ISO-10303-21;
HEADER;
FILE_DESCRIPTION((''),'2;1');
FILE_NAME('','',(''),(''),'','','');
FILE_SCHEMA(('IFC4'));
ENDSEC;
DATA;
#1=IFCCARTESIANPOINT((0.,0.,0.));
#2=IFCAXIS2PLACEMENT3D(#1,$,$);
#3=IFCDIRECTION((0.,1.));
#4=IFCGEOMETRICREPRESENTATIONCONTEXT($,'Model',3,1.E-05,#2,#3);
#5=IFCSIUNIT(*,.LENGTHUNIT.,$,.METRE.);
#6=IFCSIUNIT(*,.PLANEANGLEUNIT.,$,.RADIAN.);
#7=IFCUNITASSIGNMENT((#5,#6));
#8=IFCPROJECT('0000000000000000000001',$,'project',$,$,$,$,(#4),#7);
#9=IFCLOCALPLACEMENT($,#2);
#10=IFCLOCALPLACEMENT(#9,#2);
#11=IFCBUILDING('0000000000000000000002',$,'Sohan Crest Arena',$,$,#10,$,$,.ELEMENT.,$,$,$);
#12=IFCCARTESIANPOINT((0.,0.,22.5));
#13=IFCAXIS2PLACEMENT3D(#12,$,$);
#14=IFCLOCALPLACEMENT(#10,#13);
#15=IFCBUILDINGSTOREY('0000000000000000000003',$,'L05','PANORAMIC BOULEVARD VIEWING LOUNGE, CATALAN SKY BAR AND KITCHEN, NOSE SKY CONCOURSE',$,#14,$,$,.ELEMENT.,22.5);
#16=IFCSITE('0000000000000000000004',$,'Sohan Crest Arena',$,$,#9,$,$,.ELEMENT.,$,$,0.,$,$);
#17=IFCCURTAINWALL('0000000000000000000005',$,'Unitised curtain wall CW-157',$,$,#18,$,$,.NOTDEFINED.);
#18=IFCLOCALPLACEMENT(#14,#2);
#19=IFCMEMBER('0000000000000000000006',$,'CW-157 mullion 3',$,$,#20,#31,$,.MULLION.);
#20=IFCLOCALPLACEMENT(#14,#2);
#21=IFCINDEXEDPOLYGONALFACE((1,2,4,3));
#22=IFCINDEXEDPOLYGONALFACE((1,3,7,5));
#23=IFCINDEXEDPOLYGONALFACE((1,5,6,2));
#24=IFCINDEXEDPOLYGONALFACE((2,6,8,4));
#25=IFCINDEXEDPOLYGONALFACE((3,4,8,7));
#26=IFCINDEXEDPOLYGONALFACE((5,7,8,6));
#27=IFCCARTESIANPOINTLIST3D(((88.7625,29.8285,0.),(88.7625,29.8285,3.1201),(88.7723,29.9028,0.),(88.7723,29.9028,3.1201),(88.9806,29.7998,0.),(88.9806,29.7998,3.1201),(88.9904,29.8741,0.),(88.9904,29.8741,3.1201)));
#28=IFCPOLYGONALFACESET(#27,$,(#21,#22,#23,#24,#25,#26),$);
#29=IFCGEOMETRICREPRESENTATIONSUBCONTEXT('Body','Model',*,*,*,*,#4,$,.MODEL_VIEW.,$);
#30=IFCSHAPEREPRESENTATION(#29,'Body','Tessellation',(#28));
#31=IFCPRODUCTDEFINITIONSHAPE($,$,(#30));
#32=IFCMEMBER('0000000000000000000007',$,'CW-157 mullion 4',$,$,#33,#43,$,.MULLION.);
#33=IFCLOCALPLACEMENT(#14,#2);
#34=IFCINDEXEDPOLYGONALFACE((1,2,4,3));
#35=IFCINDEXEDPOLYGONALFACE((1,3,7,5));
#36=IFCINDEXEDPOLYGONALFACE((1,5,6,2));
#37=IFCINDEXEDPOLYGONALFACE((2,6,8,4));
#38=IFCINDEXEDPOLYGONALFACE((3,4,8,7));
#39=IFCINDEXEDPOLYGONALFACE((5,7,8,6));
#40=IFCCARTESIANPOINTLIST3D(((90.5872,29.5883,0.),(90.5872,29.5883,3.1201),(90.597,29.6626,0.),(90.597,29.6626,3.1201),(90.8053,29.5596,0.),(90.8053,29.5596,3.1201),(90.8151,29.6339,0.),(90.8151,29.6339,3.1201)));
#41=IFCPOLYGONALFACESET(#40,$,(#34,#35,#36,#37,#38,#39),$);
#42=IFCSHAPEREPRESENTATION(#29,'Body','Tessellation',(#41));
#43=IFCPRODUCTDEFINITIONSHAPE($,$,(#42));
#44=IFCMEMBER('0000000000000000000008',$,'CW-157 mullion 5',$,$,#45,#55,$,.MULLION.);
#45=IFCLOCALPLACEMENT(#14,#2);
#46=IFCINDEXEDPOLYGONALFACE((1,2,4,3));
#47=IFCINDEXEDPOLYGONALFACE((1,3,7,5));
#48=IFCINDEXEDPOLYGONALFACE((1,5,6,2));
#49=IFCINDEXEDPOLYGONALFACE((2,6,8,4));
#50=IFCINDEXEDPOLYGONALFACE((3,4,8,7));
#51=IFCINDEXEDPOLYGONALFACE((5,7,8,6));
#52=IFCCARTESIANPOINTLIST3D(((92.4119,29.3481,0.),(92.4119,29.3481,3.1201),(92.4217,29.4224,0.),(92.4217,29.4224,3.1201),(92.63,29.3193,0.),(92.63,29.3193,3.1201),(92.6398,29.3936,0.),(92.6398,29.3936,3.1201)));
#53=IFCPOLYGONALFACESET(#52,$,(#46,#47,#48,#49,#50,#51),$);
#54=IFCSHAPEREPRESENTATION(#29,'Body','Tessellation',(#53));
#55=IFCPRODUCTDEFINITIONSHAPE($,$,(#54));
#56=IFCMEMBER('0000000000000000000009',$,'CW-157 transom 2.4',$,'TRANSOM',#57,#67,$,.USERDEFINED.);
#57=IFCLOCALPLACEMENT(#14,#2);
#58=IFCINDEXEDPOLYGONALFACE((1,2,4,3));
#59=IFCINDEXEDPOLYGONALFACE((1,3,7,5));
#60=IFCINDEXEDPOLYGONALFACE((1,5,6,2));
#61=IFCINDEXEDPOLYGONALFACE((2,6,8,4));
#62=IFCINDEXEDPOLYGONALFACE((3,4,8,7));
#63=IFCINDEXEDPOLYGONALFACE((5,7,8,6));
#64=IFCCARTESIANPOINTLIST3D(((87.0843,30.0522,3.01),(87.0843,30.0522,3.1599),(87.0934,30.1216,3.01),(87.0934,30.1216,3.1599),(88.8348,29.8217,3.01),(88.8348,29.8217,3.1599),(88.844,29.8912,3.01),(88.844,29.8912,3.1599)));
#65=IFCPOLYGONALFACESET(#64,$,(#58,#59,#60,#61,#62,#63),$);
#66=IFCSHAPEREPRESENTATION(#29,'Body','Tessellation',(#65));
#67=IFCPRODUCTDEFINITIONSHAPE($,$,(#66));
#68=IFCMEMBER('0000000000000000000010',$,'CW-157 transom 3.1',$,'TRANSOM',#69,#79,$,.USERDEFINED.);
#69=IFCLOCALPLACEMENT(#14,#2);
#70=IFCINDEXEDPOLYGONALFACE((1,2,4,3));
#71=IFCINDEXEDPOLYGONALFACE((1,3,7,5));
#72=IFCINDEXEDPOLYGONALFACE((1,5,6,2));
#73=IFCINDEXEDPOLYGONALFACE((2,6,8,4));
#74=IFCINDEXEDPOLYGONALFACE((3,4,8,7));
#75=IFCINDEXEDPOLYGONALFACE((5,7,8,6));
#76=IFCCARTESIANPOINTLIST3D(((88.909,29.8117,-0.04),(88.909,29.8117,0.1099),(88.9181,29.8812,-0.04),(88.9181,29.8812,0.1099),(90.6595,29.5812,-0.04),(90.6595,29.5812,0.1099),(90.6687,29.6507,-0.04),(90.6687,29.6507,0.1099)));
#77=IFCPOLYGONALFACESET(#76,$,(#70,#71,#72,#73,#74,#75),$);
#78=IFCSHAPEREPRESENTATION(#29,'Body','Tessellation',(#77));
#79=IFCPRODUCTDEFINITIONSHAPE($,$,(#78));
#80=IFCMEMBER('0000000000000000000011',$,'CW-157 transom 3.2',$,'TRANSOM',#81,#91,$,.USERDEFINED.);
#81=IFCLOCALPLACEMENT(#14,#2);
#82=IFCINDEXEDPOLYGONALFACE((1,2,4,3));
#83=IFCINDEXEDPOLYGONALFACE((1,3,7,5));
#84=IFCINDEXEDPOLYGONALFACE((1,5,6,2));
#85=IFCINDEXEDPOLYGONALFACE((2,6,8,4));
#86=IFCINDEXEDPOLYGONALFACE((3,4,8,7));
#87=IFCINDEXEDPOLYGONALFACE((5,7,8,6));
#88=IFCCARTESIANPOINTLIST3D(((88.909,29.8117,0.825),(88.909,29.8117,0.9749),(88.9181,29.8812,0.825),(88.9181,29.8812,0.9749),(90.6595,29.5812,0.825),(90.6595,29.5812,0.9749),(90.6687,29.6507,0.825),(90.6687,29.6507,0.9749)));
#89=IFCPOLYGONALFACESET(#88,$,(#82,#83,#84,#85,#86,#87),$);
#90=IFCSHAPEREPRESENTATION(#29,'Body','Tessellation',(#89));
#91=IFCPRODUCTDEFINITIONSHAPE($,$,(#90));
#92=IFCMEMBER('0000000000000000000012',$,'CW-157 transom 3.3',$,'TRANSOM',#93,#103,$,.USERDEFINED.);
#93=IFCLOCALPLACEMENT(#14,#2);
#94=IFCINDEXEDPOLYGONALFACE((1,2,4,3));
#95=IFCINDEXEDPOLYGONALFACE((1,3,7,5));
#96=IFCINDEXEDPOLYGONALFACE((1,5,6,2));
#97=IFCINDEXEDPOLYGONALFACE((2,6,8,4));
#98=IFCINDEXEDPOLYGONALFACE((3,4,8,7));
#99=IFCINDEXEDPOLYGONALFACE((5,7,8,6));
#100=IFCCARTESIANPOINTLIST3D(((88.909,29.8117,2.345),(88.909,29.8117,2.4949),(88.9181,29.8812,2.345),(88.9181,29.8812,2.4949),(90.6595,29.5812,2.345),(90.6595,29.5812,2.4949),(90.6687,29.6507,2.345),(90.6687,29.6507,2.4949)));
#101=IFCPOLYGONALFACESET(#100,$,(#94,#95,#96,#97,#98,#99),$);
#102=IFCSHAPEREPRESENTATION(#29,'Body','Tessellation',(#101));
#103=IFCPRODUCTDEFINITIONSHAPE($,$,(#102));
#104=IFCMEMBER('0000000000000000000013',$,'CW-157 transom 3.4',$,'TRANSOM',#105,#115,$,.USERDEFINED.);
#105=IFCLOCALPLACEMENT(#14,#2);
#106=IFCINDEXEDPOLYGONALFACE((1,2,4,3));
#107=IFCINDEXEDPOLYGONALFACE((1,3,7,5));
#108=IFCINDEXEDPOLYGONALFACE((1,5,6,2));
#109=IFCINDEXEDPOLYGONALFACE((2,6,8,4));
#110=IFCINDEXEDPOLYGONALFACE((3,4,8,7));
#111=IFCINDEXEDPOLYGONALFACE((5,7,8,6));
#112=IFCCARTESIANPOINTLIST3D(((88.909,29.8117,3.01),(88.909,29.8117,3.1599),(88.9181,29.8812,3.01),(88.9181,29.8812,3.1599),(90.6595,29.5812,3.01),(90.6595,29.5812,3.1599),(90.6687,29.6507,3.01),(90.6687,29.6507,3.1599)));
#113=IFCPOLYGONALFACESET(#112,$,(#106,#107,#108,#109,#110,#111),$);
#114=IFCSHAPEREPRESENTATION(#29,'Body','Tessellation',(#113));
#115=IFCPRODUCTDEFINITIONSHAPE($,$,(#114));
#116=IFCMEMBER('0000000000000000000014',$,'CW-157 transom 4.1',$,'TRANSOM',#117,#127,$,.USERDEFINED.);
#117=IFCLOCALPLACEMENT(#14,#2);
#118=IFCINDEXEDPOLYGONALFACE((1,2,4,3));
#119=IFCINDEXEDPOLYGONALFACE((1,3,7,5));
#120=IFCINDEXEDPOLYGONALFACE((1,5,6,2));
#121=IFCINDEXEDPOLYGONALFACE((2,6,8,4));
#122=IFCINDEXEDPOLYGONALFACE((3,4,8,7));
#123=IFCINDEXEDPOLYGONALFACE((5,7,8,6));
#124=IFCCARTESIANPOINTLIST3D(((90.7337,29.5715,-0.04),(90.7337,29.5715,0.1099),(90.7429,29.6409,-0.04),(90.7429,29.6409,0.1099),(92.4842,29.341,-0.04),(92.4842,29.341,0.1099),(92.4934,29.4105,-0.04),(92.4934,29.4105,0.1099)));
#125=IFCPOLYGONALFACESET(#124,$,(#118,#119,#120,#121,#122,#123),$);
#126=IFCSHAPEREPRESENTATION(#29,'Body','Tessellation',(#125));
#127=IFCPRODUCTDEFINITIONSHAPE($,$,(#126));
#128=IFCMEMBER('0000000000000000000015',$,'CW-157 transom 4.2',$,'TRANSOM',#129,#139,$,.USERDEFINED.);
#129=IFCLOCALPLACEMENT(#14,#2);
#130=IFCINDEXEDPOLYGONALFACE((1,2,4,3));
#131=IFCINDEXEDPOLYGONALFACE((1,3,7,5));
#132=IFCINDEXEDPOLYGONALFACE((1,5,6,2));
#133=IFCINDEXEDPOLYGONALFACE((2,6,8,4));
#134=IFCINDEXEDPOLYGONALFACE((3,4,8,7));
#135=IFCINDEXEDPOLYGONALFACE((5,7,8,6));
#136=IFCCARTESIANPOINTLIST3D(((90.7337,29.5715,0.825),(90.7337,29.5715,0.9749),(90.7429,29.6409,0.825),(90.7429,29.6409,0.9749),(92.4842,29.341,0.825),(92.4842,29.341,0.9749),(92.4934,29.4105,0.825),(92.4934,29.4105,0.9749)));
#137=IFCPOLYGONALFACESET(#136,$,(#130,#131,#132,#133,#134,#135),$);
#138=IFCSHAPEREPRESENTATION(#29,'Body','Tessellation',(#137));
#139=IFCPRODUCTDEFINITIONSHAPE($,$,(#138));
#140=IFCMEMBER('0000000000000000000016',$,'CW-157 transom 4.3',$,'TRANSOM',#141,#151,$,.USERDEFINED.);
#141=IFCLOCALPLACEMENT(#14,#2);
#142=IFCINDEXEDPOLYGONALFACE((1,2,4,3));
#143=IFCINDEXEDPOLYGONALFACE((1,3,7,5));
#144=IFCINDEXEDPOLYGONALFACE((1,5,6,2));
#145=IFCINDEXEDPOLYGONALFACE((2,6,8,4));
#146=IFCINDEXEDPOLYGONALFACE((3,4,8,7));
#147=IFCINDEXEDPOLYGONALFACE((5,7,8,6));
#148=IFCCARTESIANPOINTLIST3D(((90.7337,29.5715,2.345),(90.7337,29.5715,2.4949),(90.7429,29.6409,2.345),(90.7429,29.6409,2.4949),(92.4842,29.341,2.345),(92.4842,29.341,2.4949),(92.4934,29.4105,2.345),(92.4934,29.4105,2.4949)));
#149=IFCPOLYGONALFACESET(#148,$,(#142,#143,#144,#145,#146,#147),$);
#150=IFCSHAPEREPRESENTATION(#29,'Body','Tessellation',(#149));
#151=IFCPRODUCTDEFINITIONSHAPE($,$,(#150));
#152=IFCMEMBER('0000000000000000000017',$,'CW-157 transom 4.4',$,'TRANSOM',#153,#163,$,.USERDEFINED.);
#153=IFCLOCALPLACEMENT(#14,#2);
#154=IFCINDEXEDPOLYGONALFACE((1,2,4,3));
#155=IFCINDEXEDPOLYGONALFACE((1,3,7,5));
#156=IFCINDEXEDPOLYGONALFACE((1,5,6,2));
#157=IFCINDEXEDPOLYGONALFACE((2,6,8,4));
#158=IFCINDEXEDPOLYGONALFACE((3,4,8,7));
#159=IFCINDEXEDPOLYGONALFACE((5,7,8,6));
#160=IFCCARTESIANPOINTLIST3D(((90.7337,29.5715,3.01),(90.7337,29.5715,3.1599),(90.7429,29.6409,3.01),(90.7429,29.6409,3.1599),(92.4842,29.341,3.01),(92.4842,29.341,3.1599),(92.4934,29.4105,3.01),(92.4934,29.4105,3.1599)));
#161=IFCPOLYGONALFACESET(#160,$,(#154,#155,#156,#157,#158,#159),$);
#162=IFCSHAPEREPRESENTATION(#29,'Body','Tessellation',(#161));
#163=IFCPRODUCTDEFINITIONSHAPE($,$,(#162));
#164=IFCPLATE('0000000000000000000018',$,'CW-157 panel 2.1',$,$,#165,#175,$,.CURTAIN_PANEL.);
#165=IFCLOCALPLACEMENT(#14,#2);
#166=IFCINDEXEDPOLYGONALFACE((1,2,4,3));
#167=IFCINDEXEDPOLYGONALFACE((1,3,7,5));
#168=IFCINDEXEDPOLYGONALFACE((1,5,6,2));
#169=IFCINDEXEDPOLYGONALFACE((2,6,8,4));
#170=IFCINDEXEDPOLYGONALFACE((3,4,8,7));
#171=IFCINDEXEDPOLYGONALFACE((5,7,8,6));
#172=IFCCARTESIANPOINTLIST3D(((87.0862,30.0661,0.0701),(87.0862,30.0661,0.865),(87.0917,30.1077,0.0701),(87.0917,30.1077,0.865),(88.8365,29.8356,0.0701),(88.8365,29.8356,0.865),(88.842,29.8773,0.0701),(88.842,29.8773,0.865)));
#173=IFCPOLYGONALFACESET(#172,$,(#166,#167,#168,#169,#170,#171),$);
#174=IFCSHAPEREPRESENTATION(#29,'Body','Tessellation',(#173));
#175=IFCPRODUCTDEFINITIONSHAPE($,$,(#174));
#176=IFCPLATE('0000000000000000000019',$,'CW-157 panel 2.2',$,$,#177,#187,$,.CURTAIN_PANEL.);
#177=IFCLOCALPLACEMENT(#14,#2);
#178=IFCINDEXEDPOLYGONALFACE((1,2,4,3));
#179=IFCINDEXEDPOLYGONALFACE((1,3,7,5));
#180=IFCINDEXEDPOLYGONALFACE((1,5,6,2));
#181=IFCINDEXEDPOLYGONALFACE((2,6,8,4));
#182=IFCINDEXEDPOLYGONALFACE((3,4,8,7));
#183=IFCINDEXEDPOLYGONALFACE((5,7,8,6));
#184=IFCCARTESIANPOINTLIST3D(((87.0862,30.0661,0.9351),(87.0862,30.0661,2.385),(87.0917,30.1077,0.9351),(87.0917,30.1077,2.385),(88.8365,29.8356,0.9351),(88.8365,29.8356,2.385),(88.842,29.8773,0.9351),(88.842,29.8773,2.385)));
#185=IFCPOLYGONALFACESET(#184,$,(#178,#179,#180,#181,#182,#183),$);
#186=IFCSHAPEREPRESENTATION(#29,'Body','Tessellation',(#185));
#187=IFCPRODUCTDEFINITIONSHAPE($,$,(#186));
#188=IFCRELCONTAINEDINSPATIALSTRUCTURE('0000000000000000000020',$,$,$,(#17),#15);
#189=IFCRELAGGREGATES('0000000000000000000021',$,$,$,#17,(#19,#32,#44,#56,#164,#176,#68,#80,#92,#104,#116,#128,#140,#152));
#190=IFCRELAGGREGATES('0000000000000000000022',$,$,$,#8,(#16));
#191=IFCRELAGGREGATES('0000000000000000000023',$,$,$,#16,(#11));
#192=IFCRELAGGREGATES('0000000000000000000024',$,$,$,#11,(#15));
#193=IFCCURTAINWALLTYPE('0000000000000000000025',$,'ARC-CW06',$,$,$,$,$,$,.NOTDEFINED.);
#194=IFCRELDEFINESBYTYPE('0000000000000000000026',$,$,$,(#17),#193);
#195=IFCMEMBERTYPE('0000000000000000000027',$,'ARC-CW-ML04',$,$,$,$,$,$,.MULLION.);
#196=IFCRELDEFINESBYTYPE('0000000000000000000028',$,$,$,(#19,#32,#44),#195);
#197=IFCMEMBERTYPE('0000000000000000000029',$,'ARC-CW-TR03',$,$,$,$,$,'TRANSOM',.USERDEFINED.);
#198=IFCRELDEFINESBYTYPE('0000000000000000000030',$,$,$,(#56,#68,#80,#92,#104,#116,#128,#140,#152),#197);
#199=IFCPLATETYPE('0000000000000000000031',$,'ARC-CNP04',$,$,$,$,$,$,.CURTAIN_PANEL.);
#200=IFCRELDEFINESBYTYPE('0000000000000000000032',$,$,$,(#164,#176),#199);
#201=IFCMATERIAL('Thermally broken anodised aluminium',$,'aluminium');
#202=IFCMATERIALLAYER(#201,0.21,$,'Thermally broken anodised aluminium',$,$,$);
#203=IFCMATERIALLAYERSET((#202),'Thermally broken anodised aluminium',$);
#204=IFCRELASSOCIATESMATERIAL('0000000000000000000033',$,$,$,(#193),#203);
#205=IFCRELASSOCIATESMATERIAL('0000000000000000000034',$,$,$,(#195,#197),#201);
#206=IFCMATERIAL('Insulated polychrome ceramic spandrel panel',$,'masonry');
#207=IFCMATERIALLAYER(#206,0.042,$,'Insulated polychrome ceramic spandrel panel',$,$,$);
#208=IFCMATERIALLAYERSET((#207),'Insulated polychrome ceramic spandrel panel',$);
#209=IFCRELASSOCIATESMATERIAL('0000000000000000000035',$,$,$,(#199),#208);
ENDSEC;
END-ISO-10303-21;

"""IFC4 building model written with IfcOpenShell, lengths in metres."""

from ifc_helpers import new_model, si_unit, direction, frame, origin, origin_2d, place, context, subcontext, project, spatial, rectangle, extrude, material, layer, layer_set, material_profile, profile_set, type_object, element, aggregate, save


model = new_model("IFC4")

# Units and contexts
model_context = context("Model", 3, precision=1e-05, world=origin(), true_north=direction((0.0, 1.0)))
body_context = subcontext(model_context, "Body", "Model", "MODEL_VIEW")
ifc_project = project(units=[si_unit("LENGTHUNIT", "METRE"), si_unit("PLANEANGLEUNIT", "RADIAN")], contexts=[model_context])

# Site, building, storey
site_placement = place(None, origin())
site = spatial("IfcSite", under=ifc_project, at=site_placement, Name="Sohan Crest Arena", CompositionType="ELEMENT", RefElevation=0.0)
building_placement = place(site_placement, origin())
building = spatial("IfcBuilding", under=site, at=building_placement, Name="Sohan Crest Arena", CompositionType="ELEMENT")
storey_placement = place(building_placement, frame((0.0, 0.0, 22.5)))
storey = spatial("IfcBuildingStorey", under=building, at=storey_placement, Name="L05", Description="PANORAMIC BOULEVARD VIEWING LOUNGE, CATALAN SKY BAR AND KITCHEN, NOSE SKY CONCOURSE", CompositionType="ELEMENT", Elevation=22.5)

# Curtain wall, members, plates
ifc_material_1 = material(Name="Thermally broken anodised aluminium", Category="aluminium")
ifc_layer_1 = layer(ifc_material_1, 0.21, Name="Thermally broken anodised aluminium")
ifc_layer_set_1 = layer_set([ifc_layer_1], Name="Thermally broken anodised aluminium")
curtain_wall_type = type_object("IfcCurtainWallType", Name="ARC-CW06", PredefinedType="NOTDEFINED", material=ifc_layer_set_1)
curtain_wall_placement = place(storey_placement, origin())
curtain_wall = element("IfcCurtainWall", 1, at=curtain_wall_placement, inside=storey, type_object=curtain_wall_type, Name="Unitised curtain wall CW-157", PredefinedType="NOTDEFINED")
ifc_material_profile_1 = material_profile(ifc_material_1, rectangle(XDim=0.075, YDim=0.22, at=origin_2d()), Name="ALU-MULL 75x220")
ifc_profile_set_1 = profile_set([ifc_material_profile_1], Name="Thermally broken anodised aluminium")
member_type_1 = type_object("IfcMemberType", Name="ARC-CW-ML04", PredefinedType="MULLION", material=ifc_profile_set_1)
member_1_placement = place(storey_placement, frame((88.8765, 29.8513, 0.0), z_axis=(0.0, 0.0, 1.0), x_axis=(0.130557, 0.991441, 0.0)))
member_1 = element("IfcMember", 2, at=member_1_placement, type_object=member_type_1, Name="CW-157 mullion 3", PredefinedType="MULLION", context=body_context, shape_type="SweptSolid", body=[
    extrude(rectangle(XDim=0.075, YDim=0.22, at=origin_2d()), origin(), (0.0, 0.0, 1.0), 3.1201),
])
member_2_placement = place(storey_placement, frame((90.7012, 29.6111, 0.0), z_axis=(0.0, 0.0, 1.0), x_axis=(0.130557, 0.991441, 0.0)))
member_2 = element("IfcMember", 3, at=member_2_placement, type_object=member_type_1, Name="CW-157 mullion 4", PredefinedType="MULLION", context=body_context, shape_type="SweptSolid", body=[
    extrude(rectangle(XDim=0.075, YDim=0.22, at=origin_2d()), origin(), (0.0, 0.0, 1.0), 3.1201),
])
member_3_placement = place(storey_placement, frame((92.5259, 29.3708, 0.0), z_axis=(0.0, 0.0, 1.0), x_axis=(0.130557, 0.991441, 0.0)))
member_3 = element("IfcMember", 4, at=member_3_placement, type_object=member_type_1, Name="CW-157 mullion 5", PredefinedType="MULLION", context=body_context, shape_type="SweptSolid", body=[
    extrude(rectangle(XDim=0.075, YDim=0.22, at=origin_2d()), origin(), (0.0, 0.0, 1.0), 3.1201),
])
ifc_material_profile_2 = material_profile(ifc_material_1, rectangle(XDim=0.0701, YDim=0.1499, at=origin_2d()), Name="ALU-TRAN 70x150")
ifc_profile_set_2 = profile_set([ifc_material_profile_2], Name="Thermally broken anodised aluminium")
member_type_2 = type_object("IfcMemberType", Name="ARC-CW-TR03", ElementType="TRANSOM", PredefinedType="USERDEFINED", material=ifc_profile_set_2)
member_4_placement = place(storey_placement, frame((87.0889, 30.0869, 3.085), z_axis=(0.991444, -0.130533, 0.0), x_axis=(0.130533, 0.991444, 0.0)))
member_4 = element("IfcMember", 5, at=member_4_placement, type_object=member_type_2, Name="CW-157 transom 2.4", ObjectType="TRANSOM", PredefinedType="USERDEFINED", context=body_context, shape_type="SweptSolid", body=[
    extrude(rectangle(XDim=0.0701, YDim=0.1499, at=origin_2d()), origin(), (0.0, 0.0, 1.0), 1.7656),
])
member_5_placement = place(storey_placement, frame((88.9136, 29.8464, 0.0349), z_axis=(0.991444, -0.130533, 0.0), x_axis=(0.130533, 0.991444, 0.0)))
member_5 = element("IfcMember", 6, at=member_5_placement, type_object=member_type_2, Name="CW-157 transom 3.1", ObjectType="TRANSOM", PredefinedType="USERDEFINED", context=body_context, shape_type="SweptSolid", body=[
    extrude(rectangle(XDim=0.0701, YDim=0.1499, at=origin_2d()), origin(), (0.0, 0.0, 1.0), 1.7656),
])
member_6_placement = place(storey_placement, frame((88.9136, 29.8464, 0.8999), z_axis=(0.991444, -0.130533, 0.0), x_axis=(0.130533, 0.991444, 0.0)))
member_6 = element("IfcMember", 7, at=member_6_placement, type_object=member_type_2, Name="CW-157 transom 3.2", ObjectType="TRANSOM", PredefinedType="USERDEFINED", context=body_context, shape_type="SweptSolid", body=[
    extrude(rectangle(XDim=0.0701, YDim=0.1499, at=origin_2d()), origin(), (0.0, 0.0, 1.0), 1.7656),
])
member_7_placement = place(storey_placement, frame((88.9136, 29.8464, 2.4199), z_axis=(0.991444, -0.130533, 0.0), x_axis=(0.130533, 0.991444, 0.0)))
member_7 = element("IfcMember", 8, at=member_7_placement, type_object=member_type_2, Name="CW-157 transom 3.3", ObjectType="TRANSOM", PredefinedType="USERDEFINED", context=body_context, shape_type="SweptSolid", body=[
    extrude(rectangle(XDim=0.0701, YDim=0.1499, at=origin_2d()), origin(), (0.0, 0.0, 1.0), 1.7656),
])
member_8_placement = place(storey_placement, frame((88.9136, 29.8464, 3.085), z_axis=(0.991444, -0.130533, 0.0), x_axis=(0.130533, 0.991444, 0.0)))
member_8 = element("IfcMember", 9, at=member_8_placement, type_object=member_type_2, Name="CW-157 transom 3.4", ObjectType="TRANSOM", PredefinedType="USERDEFINED", context=body_context, shape_type="SweptSolid", body=[
    extrude(rectangle(XDim=0.0701, YDim=0.1499, at=origin_2d()), origin(), (0.0, 0.0, 1.0), 1.7656),
])
member_9_placement = place(storey_placement, frame((90.7383, 29.6062, 0.0349), z_axis=(0.991444, -0.130533, 0.0), x_axis=(0.130533, 0.991444, 0.0)))
member_9 = element("IfcMember", 10, at=member_9_placement, type_object=member_type_2, Name="CW-157 transom 4.1", ObjectType="TRANSOM", PredefinedType="USERDEFINED", context=body_context, shape_type="SweptSolid", body=[
    extrude(rectangle(XDim=0.0701, YDim=0.1499, at=origin_2d()), origin(), (0.0, 0.0, 1.0), 1.7656),
])
member_10_placement = place(storey_placement, frame((90.7383, 29.6062, 0.8999), z_axis=(0.991444, -0.130533, 0.0), x_axis=(0.130533, 0.991444, 0.0)))
member_10 = element("IfcMember", 11, at=member_10_placement, type_object=member_type_2, Name="CW-157 transom 4.2", ObjectType="TRANSOM", PredefinedType="USERDEFINED", context=body_context, shape_type="SweptSolid", body=[
    extrude(rectangle(XDim=0.0701, YDim=0.1499, at=origin_2d()), origin(), (0.0, 0.0, 1.0), 1.7656),
])
member_11_placement = place(storey_placement, frame((90.7383, 29.6062, 2.4199), z_axis=(0.991444, -0.130533, 0.0), x_axis=(0.130533, 0.991444, 0.0)))
member_11 = element("IfcMember", 12, at=member_11_placement, type_object=member_type_2, Name="CW-157 transom 4.3", ObjectType="TRANSOM", PredefinedType="USERDEFINED", context=body_context, shape_type="SweptSolid", body=[
    extrude(rectangle(XDim=0.0701, YDim=0.1499, at=origin_2d()), origin(), (0.0, 0.0, 1.0), 1.7656),
])
member_12_placement = place(storey_placement, frame((90.7383, 29.6062, 3.085), z_axis=(0.991444, -0.130533, 0.0), x_axis=(0.130533, 0.991444, 0.0)))
member_12 = element("IfcMember", 13, at=member_12_placement, type_object=member_type_2, Name="CW-157 transom 4.4", ObjectType="TRANSOM", PredefinedType="USERDEFINED", context=body_context, shape_type="SweptSolid", body=[
    extrude(rectangle(XDim=0.0701, YDim=0.1499, at=origin_2d()), origin(), (0.0, 0.0, 1.0), 1.7656),
])
ifc_material_2 = material(Name="Insulated polychrome ceramic spandrel panel", Category="masonry")
ifc_layer_2 = layer(ifc_material_2, 0.042, Name="Insulated polychrome ceramic spandrel panel")
ifc_layer_set_2 = layer_set([ifc_layer_2], Name="Insulated polychrome ceramic spandrel panel")
plate_type = type_object("IfcPlateType", Name="ARC-CNP04", PredefinedType="CURTAIN_PANEL", material=ifc_layer_set_2)
plate_1_placement = place(storey_placement, frame((87.9641, 29.9717, 0.0701), z_axis=(0.0, 0.0, 1.0), x_axis=(0.991441, -0.130557, 0.0)))
plate_1 = element("IfcPlate", 14, at=plate_1_placement, type_object=plate_type, Name="CW-157 panel 2.1", PredefinedType="CURTAIN_PANEL", context=body_context, shape_type="SweptSolid", body=[
    extrude(rectangle(XDim=1.7654, YDim=0.042, at=origin_2d()), origin(), (0.0, 0.0, 1.0), 0.7949),
])
plate_2_placement = place(storey_placement, frame((87.9641, 29.9717, 0.9351), z_axis=(0.0, 0.0, 1.0), x_axis=(0.991441, -0.130557, 0.0)))
plate_2 = element("IfcPlate", 15, at=plate_2_placement, type_object=plate_type, Name="CW-157 panel 2.2", PredefinedType="CURTAIN_PANEL", context=body_context, shape_type="SweptSolid", body=[
    extrude(rectangle(XDim=1.7654, YDim=0.042, at=origin_2d()), origin(), (0.0, 0.0, 1.0), 1.45),
])
aggregate(curtain_wall, [member_1, member_2, member_3, member_4, plate_1, plate_2, member_5, member_6, member_7, member_8, member_9, member_10, member_11, member_12])

save(model, "model.ifc")
